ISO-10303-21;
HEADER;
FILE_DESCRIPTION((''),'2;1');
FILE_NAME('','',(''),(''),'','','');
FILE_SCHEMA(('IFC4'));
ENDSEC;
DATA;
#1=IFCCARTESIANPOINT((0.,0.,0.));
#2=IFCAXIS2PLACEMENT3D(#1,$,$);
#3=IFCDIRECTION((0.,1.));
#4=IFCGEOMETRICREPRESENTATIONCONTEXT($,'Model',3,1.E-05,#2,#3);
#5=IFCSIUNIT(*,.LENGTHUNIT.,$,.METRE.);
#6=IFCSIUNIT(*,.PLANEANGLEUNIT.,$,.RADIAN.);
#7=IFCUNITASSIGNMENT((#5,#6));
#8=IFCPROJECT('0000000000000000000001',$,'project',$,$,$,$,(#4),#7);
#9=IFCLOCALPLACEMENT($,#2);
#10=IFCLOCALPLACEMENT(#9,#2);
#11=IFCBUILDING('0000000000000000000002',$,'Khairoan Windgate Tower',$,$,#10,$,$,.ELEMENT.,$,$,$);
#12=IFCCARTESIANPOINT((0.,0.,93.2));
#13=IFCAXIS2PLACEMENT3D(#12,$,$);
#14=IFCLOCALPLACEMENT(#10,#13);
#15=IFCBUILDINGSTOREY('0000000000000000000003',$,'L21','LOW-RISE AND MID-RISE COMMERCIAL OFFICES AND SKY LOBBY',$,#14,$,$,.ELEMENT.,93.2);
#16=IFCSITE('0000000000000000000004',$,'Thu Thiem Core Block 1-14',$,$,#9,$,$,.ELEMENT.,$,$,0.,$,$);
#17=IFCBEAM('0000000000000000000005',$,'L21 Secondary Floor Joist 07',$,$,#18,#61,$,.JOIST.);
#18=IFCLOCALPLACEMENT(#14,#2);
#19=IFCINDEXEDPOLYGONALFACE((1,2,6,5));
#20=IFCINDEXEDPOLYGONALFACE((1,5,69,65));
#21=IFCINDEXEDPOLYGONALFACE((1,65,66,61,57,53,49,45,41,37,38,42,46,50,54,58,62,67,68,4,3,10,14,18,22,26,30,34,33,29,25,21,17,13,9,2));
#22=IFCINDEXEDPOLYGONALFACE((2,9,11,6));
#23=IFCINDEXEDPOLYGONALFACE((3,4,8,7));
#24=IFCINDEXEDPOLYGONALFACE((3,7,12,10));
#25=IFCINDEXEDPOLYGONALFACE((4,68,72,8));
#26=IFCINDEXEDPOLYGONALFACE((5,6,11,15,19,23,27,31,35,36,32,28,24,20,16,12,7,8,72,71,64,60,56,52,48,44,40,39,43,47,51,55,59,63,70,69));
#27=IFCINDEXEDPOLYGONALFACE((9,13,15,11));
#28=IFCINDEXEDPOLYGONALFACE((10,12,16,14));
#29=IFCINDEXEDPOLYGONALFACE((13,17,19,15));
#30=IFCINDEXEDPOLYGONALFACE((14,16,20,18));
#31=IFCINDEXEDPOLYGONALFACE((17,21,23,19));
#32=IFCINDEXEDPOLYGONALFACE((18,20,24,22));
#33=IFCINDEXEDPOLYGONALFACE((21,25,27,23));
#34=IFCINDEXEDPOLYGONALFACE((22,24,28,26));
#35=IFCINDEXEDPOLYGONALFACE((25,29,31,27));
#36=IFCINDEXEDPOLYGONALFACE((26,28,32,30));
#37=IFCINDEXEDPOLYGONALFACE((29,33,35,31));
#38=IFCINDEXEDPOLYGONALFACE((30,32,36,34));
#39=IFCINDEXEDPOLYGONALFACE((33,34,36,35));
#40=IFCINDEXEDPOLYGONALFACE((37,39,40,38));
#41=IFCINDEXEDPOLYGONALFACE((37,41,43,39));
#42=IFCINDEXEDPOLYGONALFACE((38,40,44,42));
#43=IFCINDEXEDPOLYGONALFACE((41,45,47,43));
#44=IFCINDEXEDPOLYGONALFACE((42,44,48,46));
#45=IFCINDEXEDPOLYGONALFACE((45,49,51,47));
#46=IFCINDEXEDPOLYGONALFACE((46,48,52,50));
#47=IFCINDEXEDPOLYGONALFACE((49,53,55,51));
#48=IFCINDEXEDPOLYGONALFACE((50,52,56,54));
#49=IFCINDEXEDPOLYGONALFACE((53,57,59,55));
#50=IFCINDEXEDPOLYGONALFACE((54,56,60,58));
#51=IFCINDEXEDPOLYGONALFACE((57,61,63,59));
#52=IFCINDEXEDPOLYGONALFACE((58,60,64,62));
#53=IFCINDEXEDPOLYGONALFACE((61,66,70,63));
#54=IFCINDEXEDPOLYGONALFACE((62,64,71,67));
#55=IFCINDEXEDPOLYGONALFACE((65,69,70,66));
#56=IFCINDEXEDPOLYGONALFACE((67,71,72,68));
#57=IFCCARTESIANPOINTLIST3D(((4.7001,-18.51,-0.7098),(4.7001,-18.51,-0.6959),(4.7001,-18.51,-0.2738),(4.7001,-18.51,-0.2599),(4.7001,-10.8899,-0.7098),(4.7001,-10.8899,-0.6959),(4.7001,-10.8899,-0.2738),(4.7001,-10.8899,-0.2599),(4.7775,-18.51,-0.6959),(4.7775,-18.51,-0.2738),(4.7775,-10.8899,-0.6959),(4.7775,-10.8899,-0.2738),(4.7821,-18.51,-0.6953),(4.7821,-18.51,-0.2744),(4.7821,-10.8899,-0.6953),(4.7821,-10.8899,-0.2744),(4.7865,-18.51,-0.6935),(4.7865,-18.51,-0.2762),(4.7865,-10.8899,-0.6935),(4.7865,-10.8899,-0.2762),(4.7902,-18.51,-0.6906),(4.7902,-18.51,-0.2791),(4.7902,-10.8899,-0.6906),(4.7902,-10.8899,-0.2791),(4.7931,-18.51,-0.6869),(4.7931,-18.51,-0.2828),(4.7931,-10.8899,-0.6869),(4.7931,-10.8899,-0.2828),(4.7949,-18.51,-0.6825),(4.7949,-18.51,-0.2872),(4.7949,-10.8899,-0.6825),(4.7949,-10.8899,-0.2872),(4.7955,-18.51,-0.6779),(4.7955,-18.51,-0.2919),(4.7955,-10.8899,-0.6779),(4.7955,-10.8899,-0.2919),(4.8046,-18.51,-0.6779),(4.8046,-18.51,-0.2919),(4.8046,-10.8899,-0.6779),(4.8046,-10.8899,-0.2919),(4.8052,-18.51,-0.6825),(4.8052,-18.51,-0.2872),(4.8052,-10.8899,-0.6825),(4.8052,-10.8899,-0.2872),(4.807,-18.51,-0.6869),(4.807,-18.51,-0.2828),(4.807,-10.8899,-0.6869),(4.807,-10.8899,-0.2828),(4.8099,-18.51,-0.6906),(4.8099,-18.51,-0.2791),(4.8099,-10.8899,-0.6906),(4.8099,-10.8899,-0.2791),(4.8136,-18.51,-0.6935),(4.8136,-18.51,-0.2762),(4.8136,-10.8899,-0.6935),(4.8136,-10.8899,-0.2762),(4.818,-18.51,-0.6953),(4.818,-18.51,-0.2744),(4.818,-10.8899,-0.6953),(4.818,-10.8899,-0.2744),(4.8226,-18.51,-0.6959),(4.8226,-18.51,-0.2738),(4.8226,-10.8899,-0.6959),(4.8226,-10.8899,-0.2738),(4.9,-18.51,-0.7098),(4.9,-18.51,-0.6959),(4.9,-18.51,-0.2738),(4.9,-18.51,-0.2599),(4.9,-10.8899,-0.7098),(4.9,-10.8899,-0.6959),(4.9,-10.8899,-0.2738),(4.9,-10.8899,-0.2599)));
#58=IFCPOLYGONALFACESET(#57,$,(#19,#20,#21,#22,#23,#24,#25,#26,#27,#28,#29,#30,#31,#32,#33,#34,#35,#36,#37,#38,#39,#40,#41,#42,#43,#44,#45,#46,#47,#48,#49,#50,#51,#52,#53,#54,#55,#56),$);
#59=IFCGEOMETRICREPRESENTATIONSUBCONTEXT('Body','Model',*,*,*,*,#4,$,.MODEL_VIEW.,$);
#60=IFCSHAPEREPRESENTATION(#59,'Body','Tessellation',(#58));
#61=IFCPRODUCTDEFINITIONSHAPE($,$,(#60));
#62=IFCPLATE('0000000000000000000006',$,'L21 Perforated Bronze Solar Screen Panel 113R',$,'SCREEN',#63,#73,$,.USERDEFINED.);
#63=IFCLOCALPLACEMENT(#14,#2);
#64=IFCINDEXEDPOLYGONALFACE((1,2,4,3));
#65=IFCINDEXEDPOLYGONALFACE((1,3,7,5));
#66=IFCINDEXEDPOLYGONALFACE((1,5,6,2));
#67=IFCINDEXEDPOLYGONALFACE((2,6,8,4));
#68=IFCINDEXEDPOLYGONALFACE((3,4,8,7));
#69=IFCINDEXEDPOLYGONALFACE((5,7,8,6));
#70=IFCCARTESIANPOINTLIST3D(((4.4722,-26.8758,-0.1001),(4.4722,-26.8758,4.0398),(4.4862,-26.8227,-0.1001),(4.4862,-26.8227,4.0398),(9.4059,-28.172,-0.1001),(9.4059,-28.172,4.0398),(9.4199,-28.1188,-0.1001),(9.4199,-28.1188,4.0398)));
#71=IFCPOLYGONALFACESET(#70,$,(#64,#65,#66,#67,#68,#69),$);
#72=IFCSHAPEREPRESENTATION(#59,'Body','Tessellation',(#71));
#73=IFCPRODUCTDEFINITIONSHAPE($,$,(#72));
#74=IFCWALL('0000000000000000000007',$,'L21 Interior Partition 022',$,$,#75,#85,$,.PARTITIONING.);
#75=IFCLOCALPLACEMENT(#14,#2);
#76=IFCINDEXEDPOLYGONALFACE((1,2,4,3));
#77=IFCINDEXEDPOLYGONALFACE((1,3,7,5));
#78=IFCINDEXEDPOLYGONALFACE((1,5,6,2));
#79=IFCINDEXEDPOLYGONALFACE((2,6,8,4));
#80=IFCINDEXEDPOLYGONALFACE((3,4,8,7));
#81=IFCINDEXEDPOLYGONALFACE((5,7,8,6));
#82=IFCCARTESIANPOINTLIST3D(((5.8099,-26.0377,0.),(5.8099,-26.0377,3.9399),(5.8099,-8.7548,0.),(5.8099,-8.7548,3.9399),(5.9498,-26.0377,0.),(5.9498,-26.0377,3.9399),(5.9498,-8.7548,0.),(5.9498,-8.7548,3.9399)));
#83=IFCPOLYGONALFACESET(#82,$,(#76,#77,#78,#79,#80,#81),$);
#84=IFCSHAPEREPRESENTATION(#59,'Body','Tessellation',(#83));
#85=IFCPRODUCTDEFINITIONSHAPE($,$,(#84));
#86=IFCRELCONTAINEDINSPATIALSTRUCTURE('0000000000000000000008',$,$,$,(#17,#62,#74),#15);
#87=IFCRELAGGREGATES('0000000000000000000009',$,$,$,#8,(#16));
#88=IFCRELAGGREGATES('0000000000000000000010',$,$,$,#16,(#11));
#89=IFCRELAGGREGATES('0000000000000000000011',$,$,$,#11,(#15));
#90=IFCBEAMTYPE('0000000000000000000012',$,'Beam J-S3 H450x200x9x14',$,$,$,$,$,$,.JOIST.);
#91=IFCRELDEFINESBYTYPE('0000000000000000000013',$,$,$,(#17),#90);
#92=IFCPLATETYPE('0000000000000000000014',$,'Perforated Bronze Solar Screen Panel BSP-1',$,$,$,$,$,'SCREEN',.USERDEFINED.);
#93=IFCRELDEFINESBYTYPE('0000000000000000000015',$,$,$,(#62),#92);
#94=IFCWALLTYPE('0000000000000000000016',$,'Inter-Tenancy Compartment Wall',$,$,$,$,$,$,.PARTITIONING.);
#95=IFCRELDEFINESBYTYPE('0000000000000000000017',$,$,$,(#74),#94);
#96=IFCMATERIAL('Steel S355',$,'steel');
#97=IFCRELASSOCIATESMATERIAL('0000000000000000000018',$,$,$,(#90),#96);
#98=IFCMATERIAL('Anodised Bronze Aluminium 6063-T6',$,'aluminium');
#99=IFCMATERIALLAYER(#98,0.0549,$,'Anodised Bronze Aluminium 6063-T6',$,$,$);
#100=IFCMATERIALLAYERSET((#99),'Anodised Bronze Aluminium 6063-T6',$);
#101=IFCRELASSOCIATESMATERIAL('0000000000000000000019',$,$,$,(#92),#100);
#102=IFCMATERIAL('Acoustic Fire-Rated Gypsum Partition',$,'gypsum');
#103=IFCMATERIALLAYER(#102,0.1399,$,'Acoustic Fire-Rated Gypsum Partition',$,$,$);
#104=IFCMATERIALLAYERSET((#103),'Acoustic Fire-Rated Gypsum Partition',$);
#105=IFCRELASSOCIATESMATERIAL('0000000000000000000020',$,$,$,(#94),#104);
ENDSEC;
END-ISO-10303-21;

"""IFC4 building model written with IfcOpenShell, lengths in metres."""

from ifc_helpers import new_model, si_unit, direction, frame, frame_2d, origin, origin_2d, place, context, subcontext, project, spatial, rectangle, i_section, extrude, material, layer, layer_set, material_profile, profile_set, type_object, element, save


model = new_model("IFC4")

# Units and contexts
model_context = context("Model", 3, precision=1e-05, world=origin(), true_north=direction((0.0, 1.0)))
body_context = subcontext(model_context, "Body", "Model", "MODEL_VIEW")
ifc_project = project(units=[si_unit("LENGTHUNIT", "METRE"), si_unit("PLANEANGLEUNIT", "RADIAN")], contexts=[model_context])

# Site, building, storey
site_placement = place(None, origin())
site = spatial("IfcSite", under=ifc_project, at=site_placement, Name="Thu Thiem Core Block 1-14", CompositionType="ELEMENT", RefElevation=0.0)
building_placement = place(site_placement, origin())
building = spatial("IfcBuilding", under=site, at=building_placement, Name="Khairoan Windgate Tower", CompositionType="ELEMENT")
storey_placement = place(building_placement, frame((0.0, 0.0, 93.2)))
storey = spatial("IfcBuildingStorey", under=building, at=storey_placement, Name="L21", Description="LOW-RISE AND MID-RISE COMMERCIAL OFFICES AND SKY LOBBY", CompositionType="ELEMENT", Elevation=93.2)

# Beam
ifc_material_1 = material(Name="Steel S355", Category="steel")
ifc_material_profile_1 = material_profile(ifc_material_1, i_section(OverallWidth=0.2, OverallDepth=0.45, WebThickness=0.009, FlangeThickness=0.0139, FilletRadius=0.0181, at=origin_2d()))
ifc_profile_set_1 = profile_set([ifc_material_profile_1], Name="Steel S355")
beam_type_1 = type_object("IfcBeamType", Name="Beam J-S3 H450x200x9x14", PredefinedType="JOIST", material=ifc_profile_set_1)
beam_1_placement = place(storey_placement, frame((4.8, -18.51, -0.4849), z_axis=(0.0, 1.0, 0.0), x_axis=(-1.0, 0.0, 0.0)))
element("IfcBeam", 1, at=beam_1_placement, inside=storey, type_object=beam_type_1, Name="L21 Secondary Floor Joist 07", PredefinedType="JOIST", context=body_context, shape_type="SweptSolid", body=[
    extrude(i_section(OverallWidth=0.2, OverallDepth=0.45, WebThickness=0.009, FlangeThickness=0.0139, FilletRadius=0.0181, at=origin_2d()), origin(), (0.0, 0.0, 1.0), 7.6201),
])

# Plate
ifc_material_2 = material(Name="Anodised Bronze Aluminium 6063-T6", Category="aluminium")
ifc_layer_1 = layer(ifc_material_2, 0.0549, Name="Anodised Bronze Aluminium 6063-T6")
ifc_layer_set_1 = layer_set([ifc_layer_1], Name="Anodised Bronze Aluminium 6063-T6")
plate_type = type_object("IfcPlateType", Name="Perforated Bronze Solar Screen Panel BSP-1", ElementType="SCREEN", PredefinedType="USERDEFINED", material=ifc_layer_set_1)
plate_placement = place(storey_placement, frame((6.946, -27.4973, -0.1001), z_axis=(0.0, 0.0, 1.0), x_axis=(-0.967179, 0.254096, 0.0)))
element("IfcPlate", 2, at=plate_placement, inside=storey, type_object=plate_type, Name="L21 Perforated Bronze Solar Screen Panel 113R", ObjectType="SCREEN", PredefinedType="USERDEFINED", context=body_context, shape_type="SweptSolid", body=[
    extrude(rectangle(XDim=5.1011, YDim=0.0549, at=origin_2d()), origin(), (0.0, 0.0, 1.0), 4.1399),
])

# Wall
ifc_material_3 = material(Name="Acoustic Fire-Rated Gypsum Partition", Category="gypsum")
ifc_layer_2 = layer(ifc_material_3, 0.1399, Name="Acoustic Fire-Rated Gypsum Partition")
ifc_layer_set_2 = layer_set([ifc_layer_2], Name="Acoustic Fire-Rated Gypsum Partition")
wall_type_1 = type_object("IfcWallType", Name="Inter-Tenancy Compartment Wall", PredefinedType="PARTITIONING", material=ifc_layer_set_2)
wall_1_placement = place(storey_placement, frame((5.8799, -26.0378, 0.0), z_axis=(0.0, 0.0, 1.0), x_axis=(0.0, 1.0, 0.0)))
element("IfcWall", 3, at=wall_1_placement, inside=storey, type_object=wall_type_1, Name="L21 Interior Partition 022", PredefinedType="PARTITIONING", context=body_context, shape_type="SweptSolid", body=[
    extrude(rectangle(XDim=17.283, YDim=0.1399, at=frame_2d((8.6416, 0.0))), origin(), (0.0, 0.0, 1.0), 3.9399),
])

save(model, "model.ifc")
